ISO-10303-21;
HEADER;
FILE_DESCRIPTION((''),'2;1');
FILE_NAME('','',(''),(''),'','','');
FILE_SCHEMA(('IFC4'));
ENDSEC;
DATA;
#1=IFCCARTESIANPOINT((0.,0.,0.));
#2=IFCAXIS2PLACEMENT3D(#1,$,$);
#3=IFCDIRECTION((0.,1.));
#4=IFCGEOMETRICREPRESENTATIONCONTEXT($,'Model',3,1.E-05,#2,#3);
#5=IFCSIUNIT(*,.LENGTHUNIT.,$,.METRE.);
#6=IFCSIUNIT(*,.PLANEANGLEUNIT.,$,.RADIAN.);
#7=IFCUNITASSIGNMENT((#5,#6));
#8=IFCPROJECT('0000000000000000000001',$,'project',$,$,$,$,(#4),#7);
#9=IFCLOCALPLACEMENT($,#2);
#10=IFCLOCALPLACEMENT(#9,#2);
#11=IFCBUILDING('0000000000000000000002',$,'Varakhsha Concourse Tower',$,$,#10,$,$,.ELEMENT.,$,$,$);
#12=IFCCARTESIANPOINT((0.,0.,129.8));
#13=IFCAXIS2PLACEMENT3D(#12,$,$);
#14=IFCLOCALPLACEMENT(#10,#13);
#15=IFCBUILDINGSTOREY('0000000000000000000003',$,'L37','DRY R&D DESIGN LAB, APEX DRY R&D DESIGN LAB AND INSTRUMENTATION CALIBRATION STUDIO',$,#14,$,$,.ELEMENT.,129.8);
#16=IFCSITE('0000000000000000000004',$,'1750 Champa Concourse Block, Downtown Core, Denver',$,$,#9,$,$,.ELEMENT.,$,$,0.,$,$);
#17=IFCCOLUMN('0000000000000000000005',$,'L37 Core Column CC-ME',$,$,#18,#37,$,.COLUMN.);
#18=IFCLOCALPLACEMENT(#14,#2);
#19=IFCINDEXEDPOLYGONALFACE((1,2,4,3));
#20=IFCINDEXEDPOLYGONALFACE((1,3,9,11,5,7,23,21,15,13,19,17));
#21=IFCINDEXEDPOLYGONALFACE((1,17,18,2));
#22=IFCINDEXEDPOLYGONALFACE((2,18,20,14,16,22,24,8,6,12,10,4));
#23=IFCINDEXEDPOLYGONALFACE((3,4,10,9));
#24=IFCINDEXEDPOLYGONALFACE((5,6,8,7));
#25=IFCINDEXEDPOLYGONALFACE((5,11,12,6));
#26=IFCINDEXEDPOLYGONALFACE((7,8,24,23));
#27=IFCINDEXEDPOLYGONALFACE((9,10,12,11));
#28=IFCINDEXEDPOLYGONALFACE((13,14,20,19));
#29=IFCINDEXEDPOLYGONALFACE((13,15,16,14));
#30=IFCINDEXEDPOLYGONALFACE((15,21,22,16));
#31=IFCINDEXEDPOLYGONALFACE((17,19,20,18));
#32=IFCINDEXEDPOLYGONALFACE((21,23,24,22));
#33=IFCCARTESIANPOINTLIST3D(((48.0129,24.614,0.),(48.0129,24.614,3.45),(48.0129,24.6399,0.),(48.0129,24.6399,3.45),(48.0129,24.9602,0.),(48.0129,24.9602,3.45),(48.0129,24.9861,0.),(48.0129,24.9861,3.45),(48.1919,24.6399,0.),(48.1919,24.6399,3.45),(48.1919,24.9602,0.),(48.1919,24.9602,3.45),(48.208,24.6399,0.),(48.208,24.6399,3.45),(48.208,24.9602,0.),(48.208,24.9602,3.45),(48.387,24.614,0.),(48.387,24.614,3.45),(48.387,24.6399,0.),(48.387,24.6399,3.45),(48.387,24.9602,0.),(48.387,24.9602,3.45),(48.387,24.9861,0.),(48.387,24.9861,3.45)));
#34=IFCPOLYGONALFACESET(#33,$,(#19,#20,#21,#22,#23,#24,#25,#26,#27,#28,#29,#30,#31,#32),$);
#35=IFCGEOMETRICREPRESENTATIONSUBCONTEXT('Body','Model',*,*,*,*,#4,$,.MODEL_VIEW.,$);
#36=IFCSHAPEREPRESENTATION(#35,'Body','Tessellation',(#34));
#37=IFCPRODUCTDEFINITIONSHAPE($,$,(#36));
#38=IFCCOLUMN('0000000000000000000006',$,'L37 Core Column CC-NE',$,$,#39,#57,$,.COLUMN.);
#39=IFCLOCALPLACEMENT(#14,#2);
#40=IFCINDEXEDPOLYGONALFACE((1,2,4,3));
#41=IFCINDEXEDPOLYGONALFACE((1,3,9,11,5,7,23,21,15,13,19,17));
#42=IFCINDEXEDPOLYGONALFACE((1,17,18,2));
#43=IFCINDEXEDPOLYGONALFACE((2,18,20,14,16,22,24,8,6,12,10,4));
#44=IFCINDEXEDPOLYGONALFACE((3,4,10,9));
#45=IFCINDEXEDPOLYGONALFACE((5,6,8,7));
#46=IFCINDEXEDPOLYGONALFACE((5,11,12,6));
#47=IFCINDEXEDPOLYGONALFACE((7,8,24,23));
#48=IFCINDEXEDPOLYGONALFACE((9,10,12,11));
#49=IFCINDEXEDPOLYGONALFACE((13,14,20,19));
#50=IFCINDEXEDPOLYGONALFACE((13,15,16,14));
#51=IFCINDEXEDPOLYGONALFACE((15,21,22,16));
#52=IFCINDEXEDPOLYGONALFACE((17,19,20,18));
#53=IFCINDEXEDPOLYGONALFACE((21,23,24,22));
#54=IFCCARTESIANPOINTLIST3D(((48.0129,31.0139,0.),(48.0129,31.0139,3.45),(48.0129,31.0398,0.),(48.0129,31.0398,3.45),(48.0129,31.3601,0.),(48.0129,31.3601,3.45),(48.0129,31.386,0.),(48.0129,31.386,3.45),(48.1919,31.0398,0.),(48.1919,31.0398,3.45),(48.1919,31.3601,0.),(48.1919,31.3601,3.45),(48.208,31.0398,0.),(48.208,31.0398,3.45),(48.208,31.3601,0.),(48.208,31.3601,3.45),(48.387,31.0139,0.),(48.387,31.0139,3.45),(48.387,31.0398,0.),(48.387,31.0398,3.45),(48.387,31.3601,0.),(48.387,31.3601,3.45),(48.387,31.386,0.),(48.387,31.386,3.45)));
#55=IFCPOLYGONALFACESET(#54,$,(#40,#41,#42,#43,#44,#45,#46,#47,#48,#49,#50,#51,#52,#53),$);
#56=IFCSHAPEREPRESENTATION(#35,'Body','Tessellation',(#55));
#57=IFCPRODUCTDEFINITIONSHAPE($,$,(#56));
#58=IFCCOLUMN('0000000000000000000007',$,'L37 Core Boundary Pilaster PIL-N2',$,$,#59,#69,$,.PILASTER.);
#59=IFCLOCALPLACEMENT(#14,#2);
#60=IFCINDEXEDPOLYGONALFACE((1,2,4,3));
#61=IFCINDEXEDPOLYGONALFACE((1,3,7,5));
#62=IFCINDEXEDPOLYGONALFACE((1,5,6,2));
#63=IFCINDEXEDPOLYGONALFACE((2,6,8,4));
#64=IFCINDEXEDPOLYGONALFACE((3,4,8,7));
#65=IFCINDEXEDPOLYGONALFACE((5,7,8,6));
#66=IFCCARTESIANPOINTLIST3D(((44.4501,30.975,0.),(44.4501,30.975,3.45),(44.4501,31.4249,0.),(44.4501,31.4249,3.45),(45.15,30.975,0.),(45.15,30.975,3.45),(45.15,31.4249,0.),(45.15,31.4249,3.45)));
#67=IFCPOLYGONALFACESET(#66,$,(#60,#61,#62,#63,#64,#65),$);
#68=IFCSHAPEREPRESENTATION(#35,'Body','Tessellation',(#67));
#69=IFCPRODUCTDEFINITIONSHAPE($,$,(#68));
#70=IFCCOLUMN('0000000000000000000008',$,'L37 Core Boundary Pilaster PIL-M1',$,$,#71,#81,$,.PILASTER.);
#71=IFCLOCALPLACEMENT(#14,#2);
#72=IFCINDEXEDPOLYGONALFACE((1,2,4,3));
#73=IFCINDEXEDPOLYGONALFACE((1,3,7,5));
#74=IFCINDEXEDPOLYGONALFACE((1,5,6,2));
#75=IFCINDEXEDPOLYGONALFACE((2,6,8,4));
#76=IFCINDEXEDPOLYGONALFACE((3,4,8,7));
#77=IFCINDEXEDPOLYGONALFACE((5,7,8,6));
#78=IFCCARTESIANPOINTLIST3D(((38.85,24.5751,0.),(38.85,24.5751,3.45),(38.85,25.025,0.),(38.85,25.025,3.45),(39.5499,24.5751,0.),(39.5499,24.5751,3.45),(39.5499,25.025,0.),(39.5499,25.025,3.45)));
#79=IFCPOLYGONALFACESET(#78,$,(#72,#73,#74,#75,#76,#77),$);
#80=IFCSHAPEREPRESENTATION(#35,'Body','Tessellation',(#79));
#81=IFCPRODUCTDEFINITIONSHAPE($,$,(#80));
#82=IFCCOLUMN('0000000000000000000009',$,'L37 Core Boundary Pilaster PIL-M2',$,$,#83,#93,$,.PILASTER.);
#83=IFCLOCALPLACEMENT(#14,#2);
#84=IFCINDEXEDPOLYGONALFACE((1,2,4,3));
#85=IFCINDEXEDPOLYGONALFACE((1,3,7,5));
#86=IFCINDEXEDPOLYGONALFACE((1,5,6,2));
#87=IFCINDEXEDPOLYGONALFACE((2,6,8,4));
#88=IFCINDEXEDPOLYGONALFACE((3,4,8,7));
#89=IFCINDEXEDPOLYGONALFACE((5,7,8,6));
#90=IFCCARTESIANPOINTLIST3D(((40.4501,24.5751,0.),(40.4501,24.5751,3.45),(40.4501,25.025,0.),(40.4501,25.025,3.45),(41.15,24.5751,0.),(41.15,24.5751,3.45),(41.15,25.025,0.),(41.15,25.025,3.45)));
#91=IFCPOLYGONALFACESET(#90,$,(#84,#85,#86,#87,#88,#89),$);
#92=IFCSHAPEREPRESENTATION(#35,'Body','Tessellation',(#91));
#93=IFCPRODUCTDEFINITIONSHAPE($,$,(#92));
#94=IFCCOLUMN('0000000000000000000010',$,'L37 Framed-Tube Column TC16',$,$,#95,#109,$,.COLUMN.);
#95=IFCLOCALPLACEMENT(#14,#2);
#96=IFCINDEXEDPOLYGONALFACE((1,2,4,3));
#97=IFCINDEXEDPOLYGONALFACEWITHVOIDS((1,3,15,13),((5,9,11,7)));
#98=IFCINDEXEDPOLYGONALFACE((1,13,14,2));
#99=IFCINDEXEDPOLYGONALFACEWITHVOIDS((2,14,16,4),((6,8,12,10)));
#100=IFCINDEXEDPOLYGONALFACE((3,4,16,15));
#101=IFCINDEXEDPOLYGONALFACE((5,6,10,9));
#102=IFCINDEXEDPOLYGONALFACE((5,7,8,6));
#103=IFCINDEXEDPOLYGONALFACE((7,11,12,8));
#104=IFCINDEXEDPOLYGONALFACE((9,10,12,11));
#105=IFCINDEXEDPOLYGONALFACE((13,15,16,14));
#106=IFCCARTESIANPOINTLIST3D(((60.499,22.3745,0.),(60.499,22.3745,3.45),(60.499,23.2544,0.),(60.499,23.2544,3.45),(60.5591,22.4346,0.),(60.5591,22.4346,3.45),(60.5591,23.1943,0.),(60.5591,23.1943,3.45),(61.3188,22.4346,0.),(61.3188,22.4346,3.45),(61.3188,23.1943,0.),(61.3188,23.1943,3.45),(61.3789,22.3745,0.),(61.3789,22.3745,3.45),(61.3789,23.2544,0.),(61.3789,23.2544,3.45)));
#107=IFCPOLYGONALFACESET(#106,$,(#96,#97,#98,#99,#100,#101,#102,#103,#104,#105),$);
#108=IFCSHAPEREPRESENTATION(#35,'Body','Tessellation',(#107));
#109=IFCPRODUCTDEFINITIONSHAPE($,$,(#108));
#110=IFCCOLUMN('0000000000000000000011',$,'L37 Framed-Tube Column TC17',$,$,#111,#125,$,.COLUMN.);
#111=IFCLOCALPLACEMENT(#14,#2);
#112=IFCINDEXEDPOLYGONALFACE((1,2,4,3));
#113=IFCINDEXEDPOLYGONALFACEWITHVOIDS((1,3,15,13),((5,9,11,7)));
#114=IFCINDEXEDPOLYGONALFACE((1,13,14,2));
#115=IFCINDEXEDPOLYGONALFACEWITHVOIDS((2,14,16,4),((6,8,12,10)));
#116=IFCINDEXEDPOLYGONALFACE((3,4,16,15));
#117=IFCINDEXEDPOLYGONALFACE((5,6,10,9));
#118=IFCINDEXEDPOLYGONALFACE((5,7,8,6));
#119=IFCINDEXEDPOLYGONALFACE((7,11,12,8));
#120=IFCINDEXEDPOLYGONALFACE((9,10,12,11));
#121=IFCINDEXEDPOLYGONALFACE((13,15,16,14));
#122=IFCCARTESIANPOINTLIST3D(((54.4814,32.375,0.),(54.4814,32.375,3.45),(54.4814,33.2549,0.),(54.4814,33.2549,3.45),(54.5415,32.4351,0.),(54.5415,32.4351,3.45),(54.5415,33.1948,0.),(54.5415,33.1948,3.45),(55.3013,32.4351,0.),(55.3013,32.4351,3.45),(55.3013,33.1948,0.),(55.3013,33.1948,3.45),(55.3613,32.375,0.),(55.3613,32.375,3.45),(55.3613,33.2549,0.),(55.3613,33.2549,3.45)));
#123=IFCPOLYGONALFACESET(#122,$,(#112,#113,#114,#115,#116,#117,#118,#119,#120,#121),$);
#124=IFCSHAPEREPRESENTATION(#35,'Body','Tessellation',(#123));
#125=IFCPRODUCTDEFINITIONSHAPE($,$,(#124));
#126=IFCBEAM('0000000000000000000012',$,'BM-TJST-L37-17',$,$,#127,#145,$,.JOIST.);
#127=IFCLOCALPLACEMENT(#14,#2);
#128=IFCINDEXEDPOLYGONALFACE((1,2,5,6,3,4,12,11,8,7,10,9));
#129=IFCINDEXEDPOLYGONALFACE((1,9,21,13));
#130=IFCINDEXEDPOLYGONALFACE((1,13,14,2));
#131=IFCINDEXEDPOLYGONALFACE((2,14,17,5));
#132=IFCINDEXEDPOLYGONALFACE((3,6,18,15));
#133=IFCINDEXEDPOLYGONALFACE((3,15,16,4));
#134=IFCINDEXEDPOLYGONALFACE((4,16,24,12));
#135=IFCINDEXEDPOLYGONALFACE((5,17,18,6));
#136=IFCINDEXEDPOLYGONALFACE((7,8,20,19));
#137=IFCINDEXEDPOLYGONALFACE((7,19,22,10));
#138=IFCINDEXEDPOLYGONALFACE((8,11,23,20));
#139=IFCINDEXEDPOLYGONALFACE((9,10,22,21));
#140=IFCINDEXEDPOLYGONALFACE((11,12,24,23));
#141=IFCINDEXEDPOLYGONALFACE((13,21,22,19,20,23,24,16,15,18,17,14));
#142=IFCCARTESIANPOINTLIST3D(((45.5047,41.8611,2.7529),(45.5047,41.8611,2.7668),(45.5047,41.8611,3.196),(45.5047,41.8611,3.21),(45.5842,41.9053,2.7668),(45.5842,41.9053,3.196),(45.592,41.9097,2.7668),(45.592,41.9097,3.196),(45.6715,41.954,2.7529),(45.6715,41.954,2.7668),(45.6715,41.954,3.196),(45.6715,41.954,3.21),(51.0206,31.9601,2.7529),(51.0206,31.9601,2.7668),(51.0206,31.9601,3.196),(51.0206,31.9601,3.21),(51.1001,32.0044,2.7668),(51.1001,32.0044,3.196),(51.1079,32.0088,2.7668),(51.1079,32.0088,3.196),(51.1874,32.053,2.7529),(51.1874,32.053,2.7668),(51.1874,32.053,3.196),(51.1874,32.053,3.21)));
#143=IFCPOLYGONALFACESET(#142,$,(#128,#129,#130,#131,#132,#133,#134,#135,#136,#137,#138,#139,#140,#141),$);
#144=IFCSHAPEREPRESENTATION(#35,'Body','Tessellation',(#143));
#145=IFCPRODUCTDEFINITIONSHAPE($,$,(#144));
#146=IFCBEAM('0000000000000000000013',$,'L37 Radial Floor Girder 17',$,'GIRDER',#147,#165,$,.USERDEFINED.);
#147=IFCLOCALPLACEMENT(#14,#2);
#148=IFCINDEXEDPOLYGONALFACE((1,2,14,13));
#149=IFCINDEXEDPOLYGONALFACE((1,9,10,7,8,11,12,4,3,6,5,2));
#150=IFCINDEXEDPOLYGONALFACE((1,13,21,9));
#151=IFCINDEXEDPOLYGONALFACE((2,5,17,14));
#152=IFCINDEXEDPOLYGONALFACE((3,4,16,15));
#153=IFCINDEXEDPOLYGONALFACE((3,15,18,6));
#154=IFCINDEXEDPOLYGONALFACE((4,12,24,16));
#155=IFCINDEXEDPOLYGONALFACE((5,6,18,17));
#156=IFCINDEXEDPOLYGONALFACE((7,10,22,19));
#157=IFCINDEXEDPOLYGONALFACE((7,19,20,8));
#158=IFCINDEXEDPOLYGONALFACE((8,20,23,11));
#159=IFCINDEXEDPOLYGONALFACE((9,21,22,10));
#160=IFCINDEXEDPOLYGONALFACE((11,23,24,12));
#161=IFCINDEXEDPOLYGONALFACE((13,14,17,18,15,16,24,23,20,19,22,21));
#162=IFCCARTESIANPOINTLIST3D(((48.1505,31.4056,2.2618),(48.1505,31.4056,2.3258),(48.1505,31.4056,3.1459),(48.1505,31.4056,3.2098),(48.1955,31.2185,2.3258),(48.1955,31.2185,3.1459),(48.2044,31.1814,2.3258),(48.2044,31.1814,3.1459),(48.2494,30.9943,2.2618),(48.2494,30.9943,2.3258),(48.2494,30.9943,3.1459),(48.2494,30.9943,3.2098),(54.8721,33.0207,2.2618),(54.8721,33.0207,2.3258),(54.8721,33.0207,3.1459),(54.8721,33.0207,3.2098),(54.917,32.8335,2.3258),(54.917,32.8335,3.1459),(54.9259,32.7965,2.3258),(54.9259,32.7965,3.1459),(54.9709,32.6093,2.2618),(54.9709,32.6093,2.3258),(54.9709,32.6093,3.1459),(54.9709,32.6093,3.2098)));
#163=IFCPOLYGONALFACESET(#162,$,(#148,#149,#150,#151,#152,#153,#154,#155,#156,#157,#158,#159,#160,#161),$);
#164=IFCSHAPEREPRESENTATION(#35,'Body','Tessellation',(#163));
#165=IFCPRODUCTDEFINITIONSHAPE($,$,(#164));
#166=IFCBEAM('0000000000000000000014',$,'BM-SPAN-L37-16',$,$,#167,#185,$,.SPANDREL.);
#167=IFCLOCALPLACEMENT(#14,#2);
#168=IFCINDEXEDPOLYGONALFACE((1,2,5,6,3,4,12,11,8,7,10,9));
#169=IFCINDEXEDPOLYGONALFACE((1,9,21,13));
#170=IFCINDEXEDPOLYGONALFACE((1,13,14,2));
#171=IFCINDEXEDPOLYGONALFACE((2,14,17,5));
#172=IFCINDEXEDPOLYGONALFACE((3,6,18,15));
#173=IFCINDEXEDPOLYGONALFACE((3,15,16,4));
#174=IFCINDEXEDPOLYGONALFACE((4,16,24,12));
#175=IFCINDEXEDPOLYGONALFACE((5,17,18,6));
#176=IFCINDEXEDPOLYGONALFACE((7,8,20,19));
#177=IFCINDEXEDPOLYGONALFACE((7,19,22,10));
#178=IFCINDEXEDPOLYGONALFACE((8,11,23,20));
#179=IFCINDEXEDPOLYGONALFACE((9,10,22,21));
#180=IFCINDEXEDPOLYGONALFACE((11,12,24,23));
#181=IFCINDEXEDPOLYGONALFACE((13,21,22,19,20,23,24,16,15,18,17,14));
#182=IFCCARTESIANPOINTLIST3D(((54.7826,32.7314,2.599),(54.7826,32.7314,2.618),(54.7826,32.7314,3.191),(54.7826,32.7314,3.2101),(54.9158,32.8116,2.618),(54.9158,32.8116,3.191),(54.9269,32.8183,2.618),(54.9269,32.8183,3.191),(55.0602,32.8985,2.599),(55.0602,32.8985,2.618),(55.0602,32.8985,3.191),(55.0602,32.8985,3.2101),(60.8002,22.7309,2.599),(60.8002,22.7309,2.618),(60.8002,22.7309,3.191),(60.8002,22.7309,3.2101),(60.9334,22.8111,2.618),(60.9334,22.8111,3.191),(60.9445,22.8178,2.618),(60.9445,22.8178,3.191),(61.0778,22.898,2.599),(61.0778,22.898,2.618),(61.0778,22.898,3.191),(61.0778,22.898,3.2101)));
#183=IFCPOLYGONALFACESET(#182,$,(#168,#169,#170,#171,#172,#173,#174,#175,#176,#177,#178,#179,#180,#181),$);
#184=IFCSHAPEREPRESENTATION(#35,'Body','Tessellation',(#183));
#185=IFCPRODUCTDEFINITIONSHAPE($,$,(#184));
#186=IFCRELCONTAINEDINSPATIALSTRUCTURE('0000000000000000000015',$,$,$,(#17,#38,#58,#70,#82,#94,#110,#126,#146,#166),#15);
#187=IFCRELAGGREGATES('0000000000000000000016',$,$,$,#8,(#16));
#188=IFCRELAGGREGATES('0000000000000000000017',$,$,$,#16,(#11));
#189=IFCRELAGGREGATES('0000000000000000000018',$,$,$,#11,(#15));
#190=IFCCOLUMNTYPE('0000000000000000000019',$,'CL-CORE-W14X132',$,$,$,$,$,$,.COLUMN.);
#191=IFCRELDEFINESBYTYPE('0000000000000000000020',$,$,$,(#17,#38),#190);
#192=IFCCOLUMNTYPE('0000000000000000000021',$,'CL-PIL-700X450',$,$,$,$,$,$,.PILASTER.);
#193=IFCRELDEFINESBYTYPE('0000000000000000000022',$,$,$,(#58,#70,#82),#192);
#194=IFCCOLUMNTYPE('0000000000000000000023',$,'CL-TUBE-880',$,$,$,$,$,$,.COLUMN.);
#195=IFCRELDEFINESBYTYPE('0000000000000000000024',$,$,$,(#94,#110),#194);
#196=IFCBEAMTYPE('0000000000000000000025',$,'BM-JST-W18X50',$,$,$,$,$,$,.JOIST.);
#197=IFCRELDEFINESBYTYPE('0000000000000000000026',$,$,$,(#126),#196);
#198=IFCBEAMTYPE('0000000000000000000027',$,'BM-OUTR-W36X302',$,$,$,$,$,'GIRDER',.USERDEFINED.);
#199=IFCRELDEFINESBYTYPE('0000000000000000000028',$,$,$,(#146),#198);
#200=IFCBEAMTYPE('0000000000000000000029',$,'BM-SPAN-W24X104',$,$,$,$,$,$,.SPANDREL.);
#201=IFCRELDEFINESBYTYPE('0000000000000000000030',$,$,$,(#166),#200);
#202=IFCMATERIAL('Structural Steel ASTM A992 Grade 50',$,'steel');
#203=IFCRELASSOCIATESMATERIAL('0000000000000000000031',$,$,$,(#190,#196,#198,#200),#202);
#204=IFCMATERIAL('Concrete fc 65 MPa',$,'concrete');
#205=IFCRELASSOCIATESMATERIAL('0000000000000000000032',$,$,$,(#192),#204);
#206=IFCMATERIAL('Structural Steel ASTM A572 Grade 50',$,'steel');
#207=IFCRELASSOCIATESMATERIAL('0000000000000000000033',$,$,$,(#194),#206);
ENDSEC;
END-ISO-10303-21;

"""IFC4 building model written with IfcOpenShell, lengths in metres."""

from ifc_helpers import new_model, si_unit, direction, frame, origin, origin_2d, place, context, subcontext, project, spatial, rectangle, hollow_rectangle, i_section, extrude, material, material_profile, profile_set, type_object, element, save


model = new_model("IFC4")

# Units and contexts
model_context = context("Model", 3, precision=1e-05, world=origin(), true_north=direction((0.0, 1.0)))
body_context = subcontext(model_context, "Body", "Model", "MODEL_VIEW")
ifc_project = project(units=[si_unit("LENGTHUNIT", "METRE"), si_unit("PLANEANGLEUNIT", "RADIAN")], contexts=[model_context])

# Site, building, storey
site_placement = place(None, origin())
site = spatial("IfcSite", under=ifc_project, at=site_placement, Name="1750 Champa Concourse Block, Downtown Core, Denver", CompositionType="ELEMENT", RefElevation=0.0)
building_placement = place(site_placement, origin())
building = spatial("IfcBuilding", under=site, at=building_placement, Name="Varakhsha Concourse Tower", CompositionType="ELEMENT")
storey_placement = place(building_placement, frame((0.0, 0.0, 129.8)))
storey = spatial("IfcBuildingStorey", under=building, at=storey_placement, Name="L37", Description="DRY R&D DESIGN LAB, APEX DRY R&D DESIGN LAB AND INSTRUMENTATION CALIBRATION STUDIO", CompositionType="ELEMENT", Elevation=129.8)

# Columns
ifc_material_1 = material(Name="Structural Steel ASTM A992 Grade 50", Category="steel")
ifc_material_profile_1 = material_profile(ifc_material_1, i_section(OverallWidth=0.374, OverallDepth=0.3721, WebThickness=0.0161, FlangeThickness=0.0259, at=origin_2d()), Name="W14X132")
ifc_profile_set_1 = profile_set([ifc_material_profile_1], Name="Structural Steel ASTM A992 Grade 50")
column_type_1 = type_object("IfcColumnType", Name="CL-CORE-W14X132", PredefinedType="COLUMN", material=ifc_profile_set_1)
for number, where, z_axis, x_axis, name in (
    (1, (48.2, 24.8, 0.0), (0.0, 0.0, 1.0), (1.0, 0.0, 0.0), "L37 Core Column CC-ME"),
    (2, (48.2, 31.2, 0.0), (0.0, 0.0, 1.0), (1.0, 0.0, 0.0), "L37 Core Column CC-NE"),
):
    element("IfcColumn", number, at=place(storey_placement, frame(where, z_axis=z_axis, x_axis=x_axis)), inside=storey, type_object=column_type_1, Name=name, PredefinedType="COLUMN", context=body_context, shape_type="SweptSolid", body=[
        extrude(i_section(OverallWidth=0.374, OverallDepth=0.3721, WebThickness=0.0161, FlangeThickness=0.0259, at=origin_2d()), origin(), (0.0, 0.0, 1.0), 3.45),
    ])
ifc_material_2 = material(Name="Concrete fc 65 MPa", Category="concrete")
ifc_material_profile_2 = material_profile(ifc_material_2, rectangle(XDim=0.7, YDim=0.45, at=origin_2d()), Name="RC 700x450")
ifc_profile_set_2 = profile_set([ifc_material_profile_2], Name="Concrete fc 65 MPa")
column_type_2 = type_object("IfcColumnType", Name="CL-PIL-700X450", PredefinedType="PILASTER", material=ifc_profile_set_2)
for number, where, z_axis, x_axis, name in (
    (3, (44.8, 31.2, 0.0), (0.0, 0.0, 1.0), (1.0, 0.0, 0.0), "L37 Core Boundary Pilaster PIL-N2"),
    (4, (39.2, 24.8, 0.0), (0.0, 0.0, 1.0), (1.0, 0.0, 0.0), "L37 Core Boundary Pilaster PIL-M1"),
    (5, (40.8, 24.8, 0.0), (0.0, 0.0, 1.0), (1.0, 0.0, 0.0), "L37 Core Boundary Pilaster PIL-M2"),
):
    element("IfcColumn", number, at=place(storey_placement, frame(where, z_axis=z_axis, x_axis=x_axis)), inside=storey, type_object=column_type_2, Name=name, PredefinedType="PILASTER", context=body_context, shape_type="SweptSolid", body=[
        extrude(rectangle(XDim=0.7, YDim=0.45, at=origin_2d()), origin(), (0.0, 0.0, 1.0), 3.45),
    ])
ifc_material_3 = material(Name="Structural Steel ASTM A572 Grade 50", Category="steel")
ifc_material_profile_3 = material_profile(ifc_material_3, hollow_rectangle(XDim=0.8799, YDim=0.8799, WallThickness=0.0601, at=origin_2d()), Name="BOX 880x880x60")
ifc_profile_set_3 = profile_set([ifc_material_profile_3], Name="Structural Steel ASTM A572 Grade 50")
column_type_3 = type_object("IfcColumnType", Name="CL-TUBE-880", PredefinedType="COLUMN", material=ifc_profile_set_3)
for number, where, z_axis, x_axis, name in (
    (6, (60.939, 22.8145, 0.0), (0.0, 0.0, 1.0), (1.0, 0.0, 0.0), "L37 Framed-Tube Column TC16"),
    (7, (54.9214, 32.8149, 0.0), (0.0, 0.0, 1.0), (1.0, 0.0, 0.0), "L37 Framed-Tube Column TC17"),
):
    element("IfcColumn", number, at=place(storey_placement, frame(where, z_axis=z_axis, x_axis=x_axis)), inside=storey, type_object=column_type_3, Name=name, PredefinedType="COLUMN", context=body_context, shape_type="SweptSolid", body=[
        extrude(hollow_rectangle(XDim=0.8799, YDim=0.8799, WallThickness=0.0601, at=origin_2d()), origin(), (0.0, 0.0, 1.0), 3.45),
    ])

# Beams
ifc_material_profile_4 = material_profile(ifc_material_1, i_section(OverallWidth=0.1909, OverallDepth=0.457, WebThickness=0.009, FlangeThickness=0.0139, at=origin_2d()), Name="W18X50")
ifc_profile_set_4 = profile_set([ifc_material_profile_4], Name="Structural Steel ASTM A992 Grade 50")
beam_type_1 = type_object("IfcBeamType", Name="BM-JST-W18X50", PredefinedType="JOIST", material=ifc_profile_set_4)
beam_1_placement = place(storey_placement, frame((51.104, 32.0066, 2.9814), z_axis=(-0.48668, 0.873581, 0.0), x_axis=(-0.873581, -0.48668, 0.0)))
element("IfcBeam", 8, at=beam_1_placement, inside=storey, type_object=beam_type_1, Name="BM-TJST-L37-17", PredefinedType="JOIST", context=body_context, shape_type="SweptSolid", body=[
    extrude(i_section(OverallWidth=0.1909, OverallDepth=0.457, WebThickness=0.009, FlangeThickness=0.0139, at=origin_2d()), origin(), (0.0, 0.0, 1.0), 11.3337),
])
ifc_material_profile_5 = material_profile(ifc_material_1, i_section(OverallWidth=0.4231, OverallDepth=0.948, WebThickness=0.0381, FlangeThickness=0.064, at=origin_2d()), Name="W36X302")
ifc_profile_set_5 = profile_set([ifc_material_profile_5], Name="Structural Steel ASTM A992 Grade 50")
beam_type_2 = type_object("IfcBeamType", Name="BM-OUTR-W36X302", ElementType="GIRDER", PredefinedType="USERDEFINED", material=ifc_profile_set_5)
beam_2_placement = place(storey_placement, frame((48.2, 31.2, 2.7358), z_axis=(0.972327, 0.233625, 0.0), x_axis=(-0.233625, 0.972327, 0.0)))
element("IfcBeam", 9, at=beam_2_placement, inside=storey, type_object=beam_type_2, Name="L37 Radial Floor Girder 17", ObjectType="GIRDER", PredefinedType="USERDEFINED", context=body_context, shape_type="SweptSolid", body=[
    extrude(i_section(OverallWidth=0.4231, OverallDepth=0.948, WebThickness=0.0381, FlangeThickness=0.064, at=origin_2d()), origin(), (0.0, 0.0, 1.0), 6.9128),
])
ifc_material_profile_6 = material_profile(ifc_material_1, i_section(OverallWidth=0.324, OverallDepth=0.6111, WebThickness=0.0129, FlangeThickness=0.019, at=origin_2d()), Name="W24X104")
ifc_profile_set_6 = profile_set([ifc_material_profile_6], Name="Structural Steel ASTM A992 Grade 50")
beam_type_3 = type_object("IfcBeamType", Name="BM-SPAN-W24X104", PredefinedType="SPANDREL", material=ifc_profile_set_6)
beam_3_placement = place(storey_placement, frame((60.939, 22.8145, 2.9045), z_axis=(-0.515584, 0.856839, 0.0), x_axis=(-0.856839, -0.515584, 0.0)))
element("IfcBeam", 10, at=beam_3_placement, inside=storey, type_object=beam_type_3, Name="BM-SPAN-L37-16", PredefinedType="SPANDREL", context=body_context, shape_type="SweptSolid", body=[
    extrude(i_section(OverallWidth=0.324, OverallDepth=0.6111, WebThickness=0.0129, FlangeThickness=0.019, at=origin_2d()), origin(), (0.0, 0.0, 1.0), 11.6714),
])

save(model, "model.ifc")
